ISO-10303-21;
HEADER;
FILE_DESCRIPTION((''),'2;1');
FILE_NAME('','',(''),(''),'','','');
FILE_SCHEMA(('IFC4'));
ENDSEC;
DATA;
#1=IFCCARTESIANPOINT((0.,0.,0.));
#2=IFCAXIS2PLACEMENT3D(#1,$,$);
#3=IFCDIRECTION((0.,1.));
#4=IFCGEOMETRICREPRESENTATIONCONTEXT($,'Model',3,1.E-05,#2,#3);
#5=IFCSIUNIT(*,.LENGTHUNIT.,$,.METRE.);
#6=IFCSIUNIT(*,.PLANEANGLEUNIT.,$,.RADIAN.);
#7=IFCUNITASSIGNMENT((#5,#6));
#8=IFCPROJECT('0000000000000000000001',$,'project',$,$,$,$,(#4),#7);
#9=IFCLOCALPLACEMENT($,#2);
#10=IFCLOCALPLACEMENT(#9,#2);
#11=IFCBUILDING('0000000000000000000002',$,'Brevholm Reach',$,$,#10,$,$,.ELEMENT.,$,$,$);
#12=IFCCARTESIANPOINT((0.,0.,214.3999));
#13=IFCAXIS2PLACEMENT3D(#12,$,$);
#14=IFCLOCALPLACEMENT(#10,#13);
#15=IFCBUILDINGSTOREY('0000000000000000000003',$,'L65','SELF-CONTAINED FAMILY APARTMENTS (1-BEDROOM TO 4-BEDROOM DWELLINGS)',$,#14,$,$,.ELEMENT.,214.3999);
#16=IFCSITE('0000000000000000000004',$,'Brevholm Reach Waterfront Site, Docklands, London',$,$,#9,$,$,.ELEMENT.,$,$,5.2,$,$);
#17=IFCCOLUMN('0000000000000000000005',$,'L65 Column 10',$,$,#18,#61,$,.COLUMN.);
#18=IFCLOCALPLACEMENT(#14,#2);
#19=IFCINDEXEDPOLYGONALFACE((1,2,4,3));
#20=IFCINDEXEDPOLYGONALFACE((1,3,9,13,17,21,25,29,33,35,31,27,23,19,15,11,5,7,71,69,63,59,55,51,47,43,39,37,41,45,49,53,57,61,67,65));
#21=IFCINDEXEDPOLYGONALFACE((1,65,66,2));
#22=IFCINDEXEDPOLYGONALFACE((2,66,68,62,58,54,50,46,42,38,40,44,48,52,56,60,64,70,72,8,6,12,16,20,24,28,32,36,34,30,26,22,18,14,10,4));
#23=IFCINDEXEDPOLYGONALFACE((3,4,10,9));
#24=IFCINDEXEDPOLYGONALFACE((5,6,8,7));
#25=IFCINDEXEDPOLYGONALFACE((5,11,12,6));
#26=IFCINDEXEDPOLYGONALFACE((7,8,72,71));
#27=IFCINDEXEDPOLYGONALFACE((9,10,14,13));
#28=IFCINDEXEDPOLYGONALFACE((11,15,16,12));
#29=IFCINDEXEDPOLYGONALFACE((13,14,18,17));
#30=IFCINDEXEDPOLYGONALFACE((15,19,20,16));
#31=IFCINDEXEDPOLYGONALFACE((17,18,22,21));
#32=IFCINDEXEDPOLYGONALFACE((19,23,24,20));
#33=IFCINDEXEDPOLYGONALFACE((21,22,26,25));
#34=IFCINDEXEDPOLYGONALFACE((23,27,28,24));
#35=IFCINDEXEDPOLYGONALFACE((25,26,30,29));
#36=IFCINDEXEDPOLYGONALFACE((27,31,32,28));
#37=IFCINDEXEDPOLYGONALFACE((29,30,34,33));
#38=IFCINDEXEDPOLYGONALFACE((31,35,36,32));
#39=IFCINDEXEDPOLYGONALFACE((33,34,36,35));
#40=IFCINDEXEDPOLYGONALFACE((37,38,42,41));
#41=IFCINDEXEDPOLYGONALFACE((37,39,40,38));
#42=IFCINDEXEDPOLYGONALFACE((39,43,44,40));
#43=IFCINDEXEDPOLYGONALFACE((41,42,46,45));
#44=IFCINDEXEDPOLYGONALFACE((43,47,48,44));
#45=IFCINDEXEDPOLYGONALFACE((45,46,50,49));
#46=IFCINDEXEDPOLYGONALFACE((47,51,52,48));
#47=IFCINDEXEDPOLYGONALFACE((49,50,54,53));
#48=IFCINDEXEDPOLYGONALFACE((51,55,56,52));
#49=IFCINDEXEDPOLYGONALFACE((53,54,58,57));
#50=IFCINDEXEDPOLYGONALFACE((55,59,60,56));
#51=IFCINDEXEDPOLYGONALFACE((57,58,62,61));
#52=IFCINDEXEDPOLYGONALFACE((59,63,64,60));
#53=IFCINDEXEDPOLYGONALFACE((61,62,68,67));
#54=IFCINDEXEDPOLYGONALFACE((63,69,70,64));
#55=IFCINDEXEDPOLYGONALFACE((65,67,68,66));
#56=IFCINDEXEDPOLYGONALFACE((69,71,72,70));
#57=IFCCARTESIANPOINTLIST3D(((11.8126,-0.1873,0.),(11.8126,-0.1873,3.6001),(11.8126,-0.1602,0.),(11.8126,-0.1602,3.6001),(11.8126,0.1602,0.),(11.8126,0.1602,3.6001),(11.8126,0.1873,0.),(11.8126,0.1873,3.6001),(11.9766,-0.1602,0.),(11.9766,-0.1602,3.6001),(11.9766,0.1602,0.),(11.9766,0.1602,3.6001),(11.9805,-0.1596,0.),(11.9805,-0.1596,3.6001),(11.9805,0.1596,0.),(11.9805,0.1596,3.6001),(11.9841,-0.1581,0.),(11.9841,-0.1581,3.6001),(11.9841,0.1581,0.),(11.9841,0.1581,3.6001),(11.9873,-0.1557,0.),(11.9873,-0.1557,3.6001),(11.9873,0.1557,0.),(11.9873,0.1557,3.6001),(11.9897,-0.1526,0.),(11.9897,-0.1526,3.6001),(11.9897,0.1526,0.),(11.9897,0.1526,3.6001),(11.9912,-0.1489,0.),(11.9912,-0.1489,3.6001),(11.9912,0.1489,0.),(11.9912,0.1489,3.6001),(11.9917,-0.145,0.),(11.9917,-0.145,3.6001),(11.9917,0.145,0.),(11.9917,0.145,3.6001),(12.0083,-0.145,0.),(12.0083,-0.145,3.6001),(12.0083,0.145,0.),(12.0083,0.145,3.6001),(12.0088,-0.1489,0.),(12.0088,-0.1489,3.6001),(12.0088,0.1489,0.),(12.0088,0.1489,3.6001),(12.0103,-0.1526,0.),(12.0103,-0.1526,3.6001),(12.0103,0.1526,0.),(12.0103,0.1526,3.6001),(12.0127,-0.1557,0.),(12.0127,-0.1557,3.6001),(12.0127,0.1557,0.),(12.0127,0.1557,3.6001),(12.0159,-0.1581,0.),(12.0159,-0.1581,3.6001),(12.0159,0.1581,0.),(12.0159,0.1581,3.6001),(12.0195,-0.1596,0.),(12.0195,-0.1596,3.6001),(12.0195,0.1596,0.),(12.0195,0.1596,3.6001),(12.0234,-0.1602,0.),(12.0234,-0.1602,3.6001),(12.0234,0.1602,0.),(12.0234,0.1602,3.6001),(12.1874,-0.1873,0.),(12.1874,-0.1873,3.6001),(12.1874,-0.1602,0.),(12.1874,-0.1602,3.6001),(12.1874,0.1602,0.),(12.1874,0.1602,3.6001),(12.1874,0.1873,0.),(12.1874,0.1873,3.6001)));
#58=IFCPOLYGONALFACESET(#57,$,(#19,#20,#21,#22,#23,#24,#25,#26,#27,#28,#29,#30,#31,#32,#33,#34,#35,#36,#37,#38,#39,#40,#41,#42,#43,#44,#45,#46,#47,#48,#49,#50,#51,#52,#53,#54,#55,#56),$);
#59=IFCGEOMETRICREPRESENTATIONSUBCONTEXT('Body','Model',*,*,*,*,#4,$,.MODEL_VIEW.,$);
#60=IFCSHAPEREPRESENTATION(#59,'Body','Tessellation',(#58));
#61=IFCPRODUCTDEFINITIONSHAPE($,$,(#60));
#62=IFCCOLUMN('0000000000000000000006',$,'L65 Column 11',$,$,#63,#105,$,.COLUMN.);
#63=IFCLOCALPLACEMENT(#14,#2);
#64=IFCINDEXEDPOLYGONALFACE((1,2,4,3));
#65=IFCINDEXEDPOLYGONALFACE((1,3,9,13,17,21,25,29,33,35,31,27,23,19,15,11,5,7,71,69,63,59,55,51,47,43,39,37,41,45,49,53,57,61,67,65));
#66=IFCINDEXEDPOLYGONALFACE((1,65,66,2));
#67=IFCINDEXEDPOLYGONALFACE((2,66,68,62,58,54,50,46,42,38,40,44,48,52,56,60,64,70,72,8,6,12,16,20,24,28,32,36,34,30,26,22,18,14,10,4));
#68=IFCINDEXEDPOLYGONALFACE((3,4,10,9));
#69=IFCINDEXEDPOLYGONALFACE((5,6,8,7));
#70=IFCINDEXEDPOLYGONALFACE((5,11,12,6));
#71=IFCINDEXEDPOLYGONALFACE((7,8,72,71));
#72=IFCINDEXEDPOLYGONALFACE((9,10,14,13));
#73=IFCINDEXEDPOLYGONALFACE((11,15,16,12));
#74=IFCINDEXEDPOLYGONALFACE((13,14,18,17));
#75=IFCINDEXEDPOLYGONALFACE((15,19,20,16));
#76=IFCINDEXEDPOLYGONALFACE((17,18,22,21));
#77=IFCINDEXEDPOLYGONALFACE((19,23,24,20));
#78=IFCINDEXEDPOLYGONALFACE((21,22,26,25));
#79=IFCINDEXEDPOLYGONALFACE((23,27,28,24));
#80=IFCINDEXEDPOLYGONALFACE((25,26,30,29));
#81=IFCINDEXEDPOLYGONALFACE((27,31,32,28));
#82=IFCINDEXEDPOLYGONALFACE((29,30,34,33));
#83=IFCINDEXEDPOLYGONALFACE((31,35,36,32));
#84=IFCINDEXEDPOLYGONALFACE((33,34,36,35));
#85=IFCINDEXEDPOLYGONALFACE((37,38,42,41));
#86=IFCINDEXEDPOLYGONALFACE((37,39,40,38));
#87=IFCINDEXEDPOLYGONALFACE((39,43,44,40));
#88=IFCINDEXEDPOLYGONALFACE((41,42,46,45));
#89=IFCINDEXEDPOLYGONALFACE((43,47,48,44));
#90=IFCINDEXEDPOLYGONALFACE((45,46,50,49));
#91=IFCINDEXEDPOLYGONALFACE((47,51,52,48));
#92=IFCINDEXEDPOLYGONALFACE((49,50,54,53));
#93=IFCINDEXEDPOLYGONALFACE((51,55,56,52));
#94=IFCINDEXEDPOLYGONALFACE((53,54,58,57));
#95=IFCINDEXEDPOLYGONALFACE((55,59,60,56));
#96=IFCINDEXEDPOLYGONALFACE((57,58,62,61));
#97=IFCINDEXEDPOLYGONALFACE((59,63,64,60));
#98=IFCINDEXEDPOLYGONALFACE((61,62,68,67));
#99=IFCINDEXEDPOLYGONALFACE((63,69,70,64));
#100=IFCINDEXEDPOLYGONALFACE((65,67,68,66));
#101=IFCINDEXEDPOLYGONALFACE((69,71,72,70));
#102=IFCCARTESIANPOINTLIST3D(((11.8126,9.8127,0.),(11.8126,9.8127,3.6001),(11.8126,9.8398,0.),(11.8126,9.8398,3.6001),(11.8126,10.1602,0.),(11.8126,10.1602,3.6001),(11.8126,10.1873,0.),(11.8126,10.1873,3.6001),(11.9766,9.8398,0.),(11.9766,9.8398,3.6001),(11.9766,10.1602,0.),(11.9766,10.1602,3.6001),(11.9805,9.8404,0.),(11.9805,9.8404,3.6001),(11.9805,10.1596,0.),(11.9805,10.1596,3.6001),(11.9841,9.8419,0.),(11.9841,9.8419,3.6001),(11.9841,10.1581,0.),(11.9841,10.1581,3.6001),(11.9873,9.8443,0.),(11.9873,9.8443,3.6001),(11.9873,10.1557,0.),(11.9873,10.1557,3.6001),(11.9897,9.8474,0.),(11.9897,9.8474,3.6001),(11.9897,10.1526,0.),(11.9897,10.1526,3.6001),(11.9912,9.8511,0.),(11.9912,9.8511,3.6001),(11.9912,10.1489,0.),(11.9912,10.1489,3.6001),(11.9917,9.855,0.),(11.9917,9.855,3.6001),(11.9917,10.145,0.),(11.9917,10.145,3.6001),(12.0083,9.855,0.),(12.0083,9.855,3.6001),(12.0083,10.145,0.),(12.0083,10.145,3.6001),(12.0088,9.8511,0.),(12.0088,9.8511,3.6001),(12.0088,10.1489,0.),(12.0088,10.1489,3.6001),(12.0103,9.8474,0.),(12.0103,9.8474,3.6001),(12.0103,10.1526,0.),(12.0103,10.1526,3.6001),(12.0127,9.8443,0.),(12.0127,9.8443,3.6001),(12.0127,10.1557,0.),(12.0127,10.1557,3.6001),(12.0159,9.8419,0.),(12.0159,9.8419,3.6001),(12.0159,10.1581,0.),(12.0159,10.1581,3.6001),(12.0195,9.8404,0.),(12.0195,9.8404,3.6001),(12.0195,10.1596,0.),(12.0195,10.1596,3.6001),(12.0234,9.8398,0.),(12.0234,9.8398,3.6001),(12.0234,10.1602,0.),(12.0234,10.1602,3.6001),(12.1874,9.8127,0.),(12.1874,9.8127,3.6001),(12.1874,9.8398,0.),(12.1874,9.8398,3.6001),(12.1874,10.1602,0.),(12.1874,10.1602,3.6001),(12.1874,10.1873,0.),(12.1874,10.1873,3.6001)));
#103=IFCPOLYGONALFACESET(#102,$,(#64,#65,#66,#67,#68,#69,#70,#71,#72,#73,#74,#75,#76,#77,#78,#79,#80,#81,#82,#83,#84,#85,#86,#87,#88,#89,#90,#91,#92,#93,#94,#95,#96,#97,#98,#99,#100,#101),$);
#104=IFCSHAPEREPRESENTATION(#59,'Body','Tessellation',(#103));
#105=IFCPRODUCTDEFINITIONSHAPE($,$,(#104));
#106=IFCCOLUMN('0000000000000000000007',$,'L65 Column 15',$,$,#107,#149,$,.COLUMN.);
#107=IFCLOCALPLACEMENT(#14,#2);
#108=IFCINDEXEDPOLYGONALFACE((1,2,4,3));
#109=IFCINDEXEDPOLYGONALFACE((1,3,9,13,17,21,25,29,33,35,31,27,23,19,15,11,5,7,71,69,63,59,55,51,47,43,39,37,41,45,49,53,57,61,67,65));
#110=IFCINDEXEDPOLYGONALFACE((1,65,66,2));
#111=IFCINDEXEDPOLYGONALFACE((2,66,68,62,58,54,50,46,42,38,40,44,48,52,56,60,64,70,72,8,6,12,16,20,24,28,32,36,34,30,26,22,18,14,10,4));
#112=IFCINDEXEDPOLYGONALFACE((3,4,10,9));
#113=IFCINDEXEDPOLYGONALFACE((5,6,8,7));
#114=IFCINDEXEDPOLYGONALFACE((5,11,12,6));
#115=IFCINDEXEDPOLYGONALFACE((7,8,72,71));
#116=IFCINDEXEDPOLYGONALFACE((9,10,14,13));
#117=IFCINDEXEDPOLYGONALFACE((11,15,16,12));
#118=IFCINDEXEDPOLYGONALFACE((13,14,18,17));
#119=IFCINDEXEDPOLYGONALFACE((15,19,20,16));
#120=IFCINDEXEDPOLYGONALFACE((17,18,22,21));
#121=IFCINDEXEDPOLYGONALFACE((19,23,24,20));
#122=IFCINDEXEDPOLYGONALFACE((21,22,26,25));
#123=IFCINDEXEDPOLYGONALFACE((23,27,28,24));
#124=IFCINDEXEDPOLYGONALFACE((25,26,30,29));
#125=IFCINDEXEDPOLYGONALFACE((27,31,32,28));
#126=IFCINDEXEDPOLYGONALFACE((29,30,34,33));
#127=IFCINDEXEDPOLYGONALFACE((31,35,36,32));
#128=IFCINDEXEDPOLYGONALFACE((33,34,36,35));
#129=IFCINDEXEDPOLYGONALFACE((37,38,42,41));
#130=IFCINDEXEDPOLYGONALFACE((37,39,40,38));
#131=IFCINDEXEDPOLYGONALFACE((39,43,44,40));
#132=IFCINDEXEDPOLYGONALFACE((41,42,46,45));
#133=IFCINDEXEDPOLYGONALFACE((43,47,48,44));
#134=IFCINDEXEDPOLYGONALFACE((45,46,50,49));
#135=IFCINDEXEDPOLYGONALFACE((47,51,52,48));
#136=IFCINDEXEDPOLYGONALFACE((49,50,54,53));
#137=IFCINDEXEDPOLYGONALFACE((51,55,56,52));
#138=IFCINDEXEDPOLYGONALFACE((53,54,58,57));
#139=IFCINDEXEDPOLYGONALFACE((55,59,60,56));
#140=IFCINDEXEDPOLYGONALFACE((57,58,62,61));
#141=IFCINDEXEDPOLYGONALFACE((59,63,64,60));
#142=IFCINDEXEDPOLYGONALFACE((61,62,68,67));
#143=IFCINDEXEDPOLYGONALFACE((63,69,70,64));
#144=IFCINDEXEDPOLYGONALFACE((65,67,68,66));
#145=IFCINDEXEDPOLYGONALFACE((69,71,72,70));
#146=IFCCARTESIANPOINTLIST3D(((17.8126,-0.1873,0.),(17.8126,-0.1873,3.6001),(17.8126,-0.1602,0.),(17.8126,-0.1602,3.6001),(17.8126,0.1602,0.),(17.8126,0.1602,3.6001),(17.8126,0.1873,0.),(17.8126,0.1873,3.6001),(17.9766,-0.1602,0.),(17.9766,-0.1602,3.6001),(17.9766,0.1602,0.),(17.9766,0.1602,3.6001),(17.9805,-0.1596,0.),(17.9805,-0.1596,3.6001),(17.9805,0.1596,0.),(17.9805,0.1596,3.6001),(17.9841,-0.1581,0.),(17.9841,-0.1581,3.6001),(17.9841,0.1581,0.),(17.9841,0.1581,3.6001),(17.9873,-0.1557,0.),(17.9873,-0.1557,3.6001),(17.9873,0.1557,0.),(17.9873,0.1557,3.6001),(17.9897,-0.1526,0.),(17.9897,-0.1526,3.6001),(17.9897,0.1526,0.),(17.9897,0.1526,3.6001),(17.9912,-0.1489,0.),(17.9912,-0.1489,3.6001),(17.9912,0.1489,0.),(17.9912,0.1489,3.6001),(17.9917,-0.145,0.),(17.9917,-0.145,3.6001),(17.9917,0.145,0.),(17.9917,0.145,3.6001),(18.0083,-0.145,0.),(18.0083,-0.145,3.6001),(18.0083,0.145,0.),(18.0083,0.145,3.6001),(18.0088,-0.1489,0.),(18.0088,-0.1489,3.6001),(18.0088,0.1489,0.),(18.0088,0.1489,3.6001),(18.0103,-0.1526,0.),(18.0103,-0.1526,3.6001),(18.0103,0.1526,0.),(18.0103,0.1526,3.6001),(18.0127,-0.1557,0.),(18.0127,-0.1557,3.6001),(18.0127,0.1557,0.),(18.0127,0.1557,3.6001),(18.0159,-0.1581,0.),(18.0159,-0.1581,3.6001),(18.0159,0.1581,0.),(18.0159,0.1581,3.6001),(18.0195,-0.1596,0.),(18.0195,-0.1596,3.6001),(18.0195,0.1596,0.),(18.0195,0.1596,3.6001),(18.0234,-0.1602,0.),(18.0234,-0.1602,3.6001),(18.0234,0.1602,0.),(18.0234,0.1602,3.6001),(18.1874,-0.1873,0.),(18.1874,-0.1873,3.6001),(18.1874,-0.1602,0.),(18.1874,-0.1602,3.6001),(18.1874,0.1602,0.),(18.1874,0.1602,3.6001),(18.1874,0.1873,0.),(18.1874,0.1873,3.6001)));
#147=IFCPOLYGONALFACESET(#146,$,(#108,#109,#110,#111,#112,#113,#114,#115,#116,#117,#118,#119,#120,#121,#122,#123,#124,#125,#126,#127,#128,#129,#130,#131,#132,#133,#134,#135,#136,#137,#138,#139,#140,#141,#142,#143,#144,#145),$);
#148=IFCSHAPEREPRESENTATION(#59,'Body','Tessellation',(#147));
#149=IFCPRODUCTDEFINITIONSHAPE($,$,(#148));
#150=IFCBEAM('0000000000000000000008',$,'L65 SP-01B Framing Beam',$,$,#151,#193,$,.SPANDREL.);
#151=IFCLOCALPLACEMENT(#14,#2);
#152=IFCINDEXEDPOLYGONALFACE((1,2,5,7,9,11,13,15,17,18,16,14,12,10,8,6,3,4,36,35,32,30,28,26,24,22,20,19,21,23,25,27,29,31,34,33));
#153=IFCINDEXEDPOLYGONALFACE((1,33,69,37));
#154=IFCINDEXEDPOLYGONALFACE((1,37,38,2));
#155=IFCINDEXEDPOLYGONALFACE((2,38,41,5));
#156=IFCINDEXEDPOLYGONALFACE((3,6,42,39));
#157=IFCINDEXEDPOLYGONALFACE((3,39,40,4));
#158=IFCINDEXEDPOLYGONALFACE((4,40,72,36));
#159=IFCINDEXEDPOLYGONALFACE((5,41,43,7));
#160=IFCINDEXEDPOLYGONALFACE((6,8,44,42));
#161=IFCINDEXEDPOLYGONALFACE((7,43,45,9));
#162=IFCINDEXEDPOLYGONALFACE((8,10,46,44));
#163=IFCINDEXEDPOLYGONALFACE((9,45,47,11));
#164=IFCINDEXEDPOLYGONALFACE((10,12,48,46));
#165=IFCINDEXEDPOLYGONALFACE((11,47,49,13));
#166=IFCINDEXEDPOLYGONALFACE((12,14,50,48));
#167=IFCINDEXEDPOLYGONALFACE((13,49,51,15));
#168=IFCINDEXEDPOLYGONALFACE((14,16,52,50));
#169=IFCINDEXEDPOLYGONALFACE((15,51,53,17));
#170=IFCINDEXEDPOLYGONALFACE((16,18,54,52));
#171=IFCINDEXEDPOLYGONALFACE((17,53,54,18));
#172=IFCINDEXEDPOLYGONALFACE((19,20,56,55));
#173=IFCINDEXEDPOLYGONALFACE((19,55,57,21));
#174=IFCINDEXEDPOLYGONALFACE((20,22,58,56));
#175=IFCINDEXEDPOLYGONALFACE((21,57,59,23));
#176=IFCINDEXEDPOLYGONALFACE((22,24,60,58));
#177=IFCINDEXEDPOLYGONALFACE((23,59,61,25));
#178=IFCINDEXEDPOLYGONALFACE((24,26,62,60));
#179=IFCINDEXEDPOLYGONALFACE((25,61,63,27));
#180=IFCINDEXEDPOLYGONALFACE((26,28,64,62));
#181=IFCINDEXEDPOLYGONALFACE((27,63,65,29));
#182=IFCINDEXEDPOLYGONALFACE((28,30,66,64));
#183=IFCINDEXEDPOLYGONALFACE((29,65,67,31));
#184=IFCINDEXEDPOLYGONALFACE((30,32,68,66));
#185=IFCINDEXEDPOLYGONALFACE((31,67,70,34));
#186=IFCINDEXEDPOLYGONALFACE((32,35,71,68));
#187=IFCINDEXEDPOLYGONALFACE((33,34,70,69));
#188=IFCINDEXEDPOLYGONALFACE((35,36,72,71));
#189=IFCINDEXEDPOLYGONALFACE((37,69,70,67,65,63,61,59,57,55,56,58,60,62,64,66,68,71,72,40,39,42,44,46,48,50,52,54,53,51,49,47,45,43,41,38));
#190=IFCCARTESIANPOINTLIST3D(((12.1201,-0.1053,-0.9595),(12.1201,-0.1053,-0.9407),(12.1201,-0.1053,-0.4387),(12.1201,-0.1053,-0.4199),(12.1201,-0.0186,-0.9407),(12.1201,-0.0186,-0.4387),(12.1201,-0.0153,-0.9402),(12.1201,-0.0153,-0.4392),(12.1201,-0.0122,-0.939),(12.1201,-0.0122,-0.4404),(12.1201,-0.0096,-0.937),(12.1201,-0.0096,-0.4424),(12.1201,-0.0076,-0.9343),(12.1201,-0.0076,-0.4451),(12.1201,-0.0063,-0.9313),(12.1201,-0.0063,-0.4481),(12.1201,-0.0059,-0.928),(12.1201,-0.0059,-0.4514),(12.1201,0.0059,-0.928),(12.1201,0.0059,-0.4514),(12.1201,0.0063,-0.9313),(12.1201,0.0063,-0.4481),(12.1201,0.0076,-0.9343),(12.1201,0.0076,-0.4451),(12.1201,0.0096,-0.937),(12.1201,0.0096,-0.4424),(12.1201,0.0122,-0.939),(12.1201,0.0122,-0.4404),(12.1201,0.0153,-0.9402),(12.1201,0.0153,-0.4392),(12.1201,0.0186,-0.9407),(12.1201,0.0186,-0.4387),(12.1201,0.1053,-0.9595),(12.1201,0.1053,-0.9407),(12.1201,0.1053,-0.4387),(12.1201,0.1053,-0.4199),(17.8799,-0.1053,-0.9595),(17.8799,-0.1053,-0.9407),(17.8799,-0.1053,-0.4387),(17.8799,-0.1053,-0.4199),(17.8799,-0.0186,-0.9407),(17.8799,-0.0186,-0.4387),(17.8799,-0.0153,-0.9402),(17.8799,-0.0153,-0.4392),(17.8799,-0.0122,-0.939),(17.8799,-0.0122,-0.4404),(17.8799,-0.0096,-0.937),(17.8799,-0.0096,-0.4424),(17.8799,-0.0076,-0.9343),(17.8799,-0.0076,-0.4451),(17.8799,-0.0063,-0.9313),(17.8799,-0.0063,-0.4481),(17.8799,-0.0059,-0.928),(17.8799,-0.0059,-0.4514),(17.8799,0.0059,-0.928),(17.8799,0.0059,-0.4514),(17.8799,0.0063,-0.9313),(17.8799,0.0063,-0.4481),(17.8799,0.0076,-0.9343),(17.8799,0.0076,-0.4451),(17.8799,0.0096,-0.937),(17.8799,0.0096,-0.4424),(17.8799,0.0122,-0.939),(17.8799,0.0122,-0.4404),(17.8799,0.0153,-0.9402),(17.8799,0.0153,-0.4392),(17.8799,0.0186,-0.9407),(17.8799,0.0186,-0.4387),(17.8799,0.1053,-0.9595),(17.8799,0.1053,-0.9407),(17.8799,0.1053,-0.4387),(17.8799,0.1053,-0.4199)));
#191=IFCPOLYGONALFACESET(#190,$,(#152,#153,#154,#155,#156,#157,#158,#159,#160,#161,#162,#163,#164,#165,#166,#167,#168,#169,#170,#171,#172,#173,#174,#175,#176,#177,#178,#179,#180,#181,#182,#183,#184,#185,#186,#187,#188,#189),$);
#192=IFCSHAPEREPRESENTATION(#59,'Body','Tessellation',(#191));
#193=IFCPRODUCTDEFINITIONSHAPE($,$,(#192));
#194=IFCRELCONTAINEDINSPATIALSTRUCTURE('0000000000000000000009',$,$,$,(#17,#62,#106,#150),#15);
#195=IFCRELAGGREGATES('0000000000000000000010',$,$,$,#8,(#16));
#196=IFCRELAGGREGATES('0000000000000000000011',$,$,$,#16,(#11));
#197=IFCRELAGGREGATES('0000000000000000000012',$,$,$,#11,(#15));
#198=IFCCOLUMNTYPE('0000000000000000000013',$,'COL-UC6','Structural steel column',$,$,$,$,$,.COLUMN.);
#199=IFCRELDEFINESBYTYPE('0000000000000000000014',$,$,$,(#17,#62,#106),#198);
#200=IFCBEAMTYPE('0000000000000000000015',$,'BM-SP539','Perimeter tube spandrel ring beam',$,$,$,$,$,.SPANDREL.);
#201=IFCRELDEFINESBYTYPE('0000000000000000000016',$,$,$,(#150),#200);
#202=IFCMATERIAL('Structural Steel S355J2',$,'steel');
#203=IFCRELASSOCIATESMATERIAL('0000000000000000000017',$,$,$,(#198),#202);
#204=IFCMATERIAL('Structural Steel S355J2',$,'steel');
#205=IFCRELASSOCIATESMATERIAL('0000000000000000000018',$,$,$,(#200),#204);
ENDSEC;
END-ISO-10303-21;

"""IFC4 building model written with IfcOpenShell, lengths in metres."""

from ifc_helpers import new_model, si_unit, direction, frame, origin, origin_2d, place, context, subcontext, project, spatial, i_section, extrude, material, material_profile, profile_set, type_object, element, save


model = new_model("IFC4")

# Units and contexts
model_context = context("Model", 3, precision=1e-05, world=origin(), true_north=direction((0.0, 1.0)))
body_context = subcontext(model_context, "Body", "Model", "MODEL_VIEW")
ifc_project = project(units=[si_unit("LENGTHUNIT", "METRE"), si_unit("PLANEANGLEUNIT", "RADIAN")], contexts=[model_context])

# Site, building, storey
site_placement = place(None, origin())
site = spatial("IfcSite", under=ifc_project, at=site_placement, Name="Brevholm Reach Waterfront Site, Docklands, London", CompositionType="ELEMENT", RefElevation=5.2)
building_placement = place(site_placement, origin())
building = spatial("IfcBuilding", under=site, at=building_placement, Name="Brevholm Reach", CompositionType="ELEMENT")
storey_placement = place(building_placement, frame((0.0, 0.0, 214.3999)))
storey = spatial("IfcBuildingStorey", under=building, at=storey_placement, Name="L65", Description="SELF-CONTAINED FAMILY APARTMENTS (1-BEDROOM TO 4-BEDROOM DWELLINGS)", CompositionType="ELEMENT", Elevation=214.3999)

# Columns
ifc_material_1 = material(Name="Structural Steel S355J2", Category="steel")
ifc_material_profile_1 = material_profile(ifc_material_1, i_section(OverallWidth=0.3748, OverallDepth=0.3745, WebThickness=0.0166, FlangeThickness=0.0271, FilletRadius=0.0151, at=origin_2d()), Name="UKC 356x368x202")
ifc_profile_set_1 = profile_set([ifc_material_profile_1], Name="Structural Steel S355J2")
column_type = type_object("IfcColumnType", Name="COL-UC6", Description="Structural steel column", PredefinedType="COLUMN", material=ifc_profile_set_1)
for number, where, z_axis, x_axis, name in (
    (1, (12.0, 0.0, 0.0), (0.0, 0.0, 1.0), (1.0, 0.0, 0.0), "L65 Column 10"),
    (2, (12.0, 10.0, 0.0), (0.0, 0.0, 1.0), (1.0, 0.0, 0.0), "L65 Column 11"),
    (3, (18.0, 0.0, 0.0), (0.0, 0.0, 1.0), (1.0, 0.0, 0.0), "L65 Column 15"),
):
    element("IfcColumn", number, at=place(storey_placement, frame(where, z_axis=z_axis, x_axis=x_axis)), inside=storey, type_object=column_type, Name=name, PredefinedType="COLUMN", context=body_context, shape_type="SweptSolid", body=[
        extrude(i_section(OverallWidth=0.3748, OverallDepth=0.3745, WebThickness=0.0166, FlangeThickness=0.0271, FilletRadius=0.0151, at=origin_2d()), origin(), (0.0, 0.0, 1.0), 3.6001),
    ])

# Beam
ifc_material_2 = material(Name="Structural Steel S355J2", Category="steel")
ifc_material_profile_2 = material_profile(ifc_material_2, i_section(OverallWidth=0.2107, OverallDepth=0.5396, WebThickness=0.0117, FlangeThickness=0.0188, FilletRadius=0.0127, at=origin_2d()), Name="UKB 533x210x109")
ifc_profile_set_2 = profile_set([ifc_material_profile_2], Name="Structural Steel S355J2")
beam_type_1 = type_object("IfcBeamType", Name="BM-SP539", Description="Perimeter tube spandrel ring beam", PredefinedType="SPANDREL", material=ifc_profile_set_2)
beam_1_placement = place(storey_placement, frame((12.1201, 0.0, -0.6897), z_axis=(1.0, 0.0, 0.0), x_axis=(0.0, 1.0, 0.0)))
element("IfcBeam", 4, at=beam_1_placement, inside=storey, type_object=beam_type_1, Name="L65 SP-01B Framing Beam", PredefinedType="SPANDREL", context=body_context, shape_type="SweptSolid", body=[
    extrude(i_section(OverallWidth=0.2107, OverallDepth=0.5396, WebThickness=0.0117, FlangeThickness=0.0188, FilletRadius=0.0127, at=origin_2d()), origin(), (0.0, 0.0, 1.0), 5.7598),
])

save(model, "model.ifc")
